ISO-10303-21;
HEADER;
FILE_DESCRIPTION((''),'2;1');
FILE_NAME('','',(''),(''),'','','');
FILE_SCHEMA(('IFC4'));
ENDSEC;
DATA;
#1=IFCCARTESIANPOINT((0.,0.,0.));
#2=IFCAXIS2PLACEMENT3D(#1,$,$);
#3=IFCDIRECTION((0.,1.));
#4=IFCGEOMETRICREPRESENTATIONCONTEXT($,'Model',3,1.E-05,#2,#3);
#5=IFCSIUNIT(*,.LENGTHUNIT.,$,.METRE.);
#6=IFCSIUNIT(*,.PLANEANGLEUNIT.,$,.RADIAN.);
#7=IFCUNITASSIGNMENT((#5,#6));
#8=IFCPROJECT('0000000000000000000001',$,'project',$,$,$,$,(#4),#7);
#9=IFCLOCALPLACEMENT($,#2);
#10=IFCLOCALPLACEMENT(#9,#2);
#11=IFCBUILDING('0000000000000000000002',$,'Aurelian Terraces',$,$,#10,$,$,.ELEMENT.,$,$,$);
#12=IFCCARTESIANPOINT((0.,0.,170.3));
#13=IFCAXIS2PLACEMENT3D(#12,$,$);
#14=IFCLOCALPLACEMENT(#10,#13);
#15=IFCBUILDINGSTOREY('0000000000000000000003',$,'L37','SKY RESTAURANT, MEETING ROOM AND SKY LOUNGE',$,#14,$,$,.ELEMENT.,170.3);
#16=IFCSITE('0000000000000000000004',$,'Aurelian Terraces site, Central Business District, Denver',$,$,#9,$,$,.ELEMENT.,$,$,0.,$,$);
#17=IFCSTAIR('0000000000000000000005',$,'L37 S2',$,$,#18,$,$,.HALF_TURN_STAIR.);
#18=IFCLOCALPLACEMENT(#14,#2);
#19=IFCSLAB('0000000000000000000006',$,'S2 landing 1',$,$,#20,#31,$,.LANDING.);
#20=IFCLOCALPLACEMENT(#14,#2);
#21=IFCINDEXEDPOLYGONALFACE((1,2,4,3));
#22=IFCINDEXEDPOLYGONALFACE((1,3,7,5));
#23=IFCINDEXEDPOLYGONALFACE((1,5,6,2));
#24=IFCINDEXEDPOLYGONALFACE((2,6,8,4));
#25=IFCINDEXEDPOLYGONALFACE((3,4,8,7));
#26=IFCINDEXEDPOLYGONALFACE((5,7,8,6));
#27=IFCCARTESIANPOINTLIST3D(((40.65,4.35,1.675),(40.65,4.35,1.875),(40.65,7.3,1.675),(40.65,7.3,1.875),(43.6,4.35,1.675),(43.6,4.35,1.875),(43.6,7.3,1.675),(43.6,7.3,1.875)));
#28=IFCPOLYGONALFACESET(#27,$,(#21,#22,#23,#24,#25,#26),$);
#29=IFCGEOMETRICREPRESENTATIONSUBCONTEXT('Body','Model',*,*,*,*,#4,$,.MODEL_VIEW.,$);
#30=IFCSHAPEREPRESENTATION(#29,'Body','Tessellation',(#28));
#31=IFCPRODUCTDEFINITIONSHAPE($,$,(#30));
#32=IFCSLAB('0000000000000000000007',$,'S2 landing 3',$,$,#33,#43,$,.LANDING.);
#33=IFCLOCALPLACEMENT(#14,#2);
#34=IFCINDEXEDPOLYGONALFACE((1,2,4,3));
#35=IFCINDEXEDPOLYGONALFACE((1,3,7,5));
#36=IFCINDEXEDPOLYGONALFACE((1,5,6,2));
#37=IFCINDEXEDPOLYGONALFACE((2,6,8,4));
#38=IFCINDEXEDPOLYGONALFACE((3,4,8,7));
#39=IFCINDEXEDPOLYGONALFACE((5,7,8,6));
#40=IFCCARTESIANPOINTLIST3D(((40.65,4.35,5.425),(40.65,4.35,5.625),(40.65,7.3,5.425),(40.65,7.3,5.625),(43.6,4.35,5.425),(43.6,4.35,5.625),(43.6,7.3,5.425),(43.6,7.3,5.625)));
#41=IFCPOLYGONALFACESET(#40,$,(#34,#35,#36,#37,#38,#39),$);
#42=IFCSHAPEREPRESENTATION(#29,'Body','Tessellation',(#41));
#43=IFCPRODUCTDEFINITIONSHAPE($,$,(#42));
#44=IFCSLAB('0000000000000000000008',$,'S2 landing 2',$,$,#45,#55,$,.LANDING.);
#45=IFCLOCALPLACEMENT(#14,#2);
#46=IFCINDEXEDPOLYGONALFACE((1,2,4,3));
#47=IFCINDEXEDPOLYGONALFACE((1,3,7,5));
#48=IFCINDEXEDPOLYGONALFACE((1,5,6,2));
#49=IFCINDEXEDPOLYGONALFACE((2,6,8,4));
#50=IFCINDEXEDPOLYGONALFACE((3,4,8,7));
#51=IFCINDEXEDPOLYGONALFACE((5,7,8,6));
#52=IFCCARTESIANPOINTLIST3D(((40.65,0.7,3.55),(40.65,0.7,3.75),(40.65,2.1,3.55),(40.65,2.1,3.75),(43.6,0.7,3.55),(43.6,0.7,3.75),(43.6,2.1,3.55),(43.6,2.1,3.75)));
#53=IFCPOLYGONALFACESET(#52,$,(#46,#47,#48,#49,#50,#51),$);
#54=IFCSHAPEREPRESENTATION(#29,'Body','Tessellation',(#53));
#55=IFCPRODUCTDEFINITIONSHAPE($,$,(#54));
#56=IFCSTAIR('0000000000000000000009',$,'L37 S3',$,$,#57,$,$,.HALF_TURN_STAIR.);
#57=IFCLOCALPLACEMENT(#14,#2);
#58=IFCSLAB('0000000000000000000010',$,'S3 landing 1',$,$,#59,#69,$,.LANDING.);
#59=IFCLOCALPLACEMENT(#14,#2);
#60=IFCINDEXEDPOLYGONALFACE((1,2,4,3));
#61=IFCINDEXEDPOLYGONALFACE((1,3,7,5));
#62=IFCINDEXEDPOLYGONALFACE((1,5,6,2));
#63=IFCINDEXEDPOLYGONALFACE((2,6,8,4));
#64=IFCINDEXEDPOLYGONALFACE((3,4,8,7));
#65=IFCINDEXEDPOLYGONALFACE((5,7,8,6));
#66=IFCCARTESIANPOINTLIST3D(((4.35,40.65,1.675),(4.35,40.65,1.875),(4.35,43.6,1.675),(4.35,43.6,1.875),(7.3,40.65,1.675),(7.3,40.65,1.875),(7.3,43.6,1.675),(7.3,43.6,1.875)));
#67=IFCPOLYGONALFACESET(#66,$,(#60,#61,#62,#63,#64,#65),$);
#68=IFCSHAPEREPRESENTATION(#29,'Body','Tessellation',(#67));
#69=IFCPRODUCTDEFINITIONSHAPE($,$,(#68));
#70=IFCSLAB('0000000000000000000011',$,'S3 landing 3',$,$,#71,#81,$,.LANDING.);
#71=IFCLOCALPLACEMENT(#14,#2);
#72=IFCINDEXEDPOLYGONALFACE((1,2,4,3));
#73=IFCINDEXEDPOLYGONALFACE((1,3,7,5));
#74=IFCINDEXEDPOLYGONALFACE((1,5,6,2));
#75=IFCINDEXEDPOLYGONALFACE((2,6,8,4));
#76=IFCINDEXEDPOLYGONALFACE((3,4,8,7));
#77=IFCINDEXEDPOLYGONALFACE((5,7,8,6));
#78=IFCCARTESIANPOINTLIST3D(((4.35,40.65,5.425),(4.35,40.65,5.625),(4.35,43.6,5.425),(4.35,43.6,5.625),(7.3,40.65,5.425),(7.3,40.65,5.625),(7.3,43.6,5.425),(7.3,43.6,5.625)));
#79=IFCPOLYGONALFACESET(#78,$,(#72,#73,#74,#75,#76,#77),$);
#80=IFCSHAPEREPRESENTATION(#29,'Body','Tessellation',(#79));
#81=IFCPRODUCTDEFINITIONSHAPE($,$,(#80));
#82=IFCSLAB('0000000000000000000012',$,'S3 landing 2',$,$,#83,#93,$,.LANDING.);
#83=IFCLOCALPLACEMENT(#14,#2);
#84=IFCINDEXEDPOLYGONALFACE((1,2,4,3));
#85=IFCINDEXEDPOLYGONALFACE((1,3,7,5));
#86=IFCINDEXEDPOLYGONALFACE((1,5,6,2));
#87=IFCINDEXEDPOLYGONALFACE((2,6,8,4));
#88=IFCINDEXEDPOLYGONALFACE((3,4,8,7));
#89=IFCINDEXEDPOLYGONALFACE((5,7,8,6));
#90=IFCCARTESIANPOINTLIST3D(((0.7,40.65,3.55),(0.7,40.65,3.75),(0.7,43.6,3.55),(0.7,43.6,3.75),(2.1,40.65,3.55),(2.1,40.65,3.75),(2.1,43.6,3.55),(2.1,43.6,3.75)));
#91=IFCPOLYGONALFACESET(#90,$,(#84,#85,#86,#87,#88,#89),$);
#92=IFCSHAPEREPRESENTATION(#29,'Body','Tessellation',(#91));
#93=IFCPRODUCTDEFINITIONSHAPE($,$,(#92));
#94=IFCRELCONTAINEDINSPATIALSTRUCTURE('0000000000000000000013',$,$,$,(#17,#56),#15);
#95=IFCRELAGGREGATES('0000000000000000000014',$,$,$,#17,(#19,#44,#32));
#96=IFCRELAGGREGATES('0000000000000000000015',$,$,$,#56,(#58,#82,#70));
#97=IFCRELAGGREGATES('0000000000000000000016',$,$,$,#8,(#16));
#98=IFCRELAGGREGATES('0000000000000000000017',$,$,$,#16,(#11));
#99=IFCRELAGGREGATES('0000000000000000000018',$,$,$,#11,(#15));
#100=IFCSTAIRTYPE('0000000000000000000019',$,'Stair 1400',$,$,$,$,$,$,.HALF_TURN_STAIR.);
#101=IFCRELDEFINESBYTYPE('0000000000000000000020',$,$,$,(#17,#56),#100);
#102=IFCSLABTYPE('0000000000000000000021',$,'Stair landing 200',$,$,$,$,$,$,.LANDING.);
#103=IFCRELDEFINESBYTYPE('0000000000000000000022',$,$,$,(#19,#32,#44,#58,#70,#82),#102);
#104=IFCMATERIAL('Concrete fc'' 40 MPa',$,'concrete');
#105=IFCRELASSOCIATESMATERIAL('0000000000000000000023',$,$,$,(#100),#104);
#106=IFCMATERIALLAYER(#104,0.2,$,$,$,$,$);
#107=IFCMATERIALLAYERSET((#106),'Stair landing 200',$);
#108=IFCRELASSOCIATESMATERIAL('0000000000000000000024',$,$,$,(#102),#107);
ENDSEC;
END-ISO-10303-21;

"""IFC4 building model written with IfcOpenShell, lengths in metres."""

from ifc_helpers import new_model, si_unit, direction, frame, origin, place, context, subcontext, project, spatial, polyline, outline, extrude, source, transform, mapped, material, layer, layer_set, type_object, element, aggregate, save


model = new_model("IFC4")

# Units and contexts
model_context = context("Model", 3, precision=1e-05, world=origin(), true_north=direction((0.0, 1.0)))
body_context = subcontext(model_context, "Body", "Model", "MODEL_VIEW")
ifc_project = project(units=[si_unit("LENGTHUNIT", "METRE"), si_unit("PLANEANGLEUNIT", "RADIAN")], contexts=[model_context])

# Site, building, storey
site_placement = place(None, origin())
site = spatial("IfcSite", under=ifc_project, at=site_placement, Name="Aurelian Terraces site, Central Business District, Denver", CompositionType="ELEMENT", RefElevation=0.0)
building_placement = place(site_placement, origin())
building = spatial("IfcBuilding", under=site, at=building_placement, Name="Aurelian Terraces", CompositionType="ELEMENT")
storey_placement = place(building_placement, frame((0.0, 0.0, 170.3)))
storey = spatial("IfcBuildingStorey", under=building, at=storey_placement, Name="L37", Description="SKY RESTAURANT, MEETING ROOM AND SKY LOUNGE", CompositionType="ELEMENT", Elevation=170.3)

# Shared definitions
ifc_material_1 = material(Name="Concrete fc' 40 MPa", Category="concrete")

# Stairs, slabs
stair_type = type_object("IfcStairType", Name="Stair 1400", PredefinedType="HALF_TURN_STAIR", material=ifc_material_1)
ifc_layer_1 = layer(ifc_material_1, 0.2)
ifc_layer_set_1 = layer_set([ifc_layer_1], Name="Stair landing 200")
slab_type_1 = type_object("IfcSlabType", Name="Stair landing 200", PredefinedType="LANDING", material=ifc_layer_set_1)
stair_1_placement = place(storey_placement, origin())
stair_1 = element("IfcStair", 1, at=stair_1_placement, inside=storey, type_object=stair_type, Name="L37 S2", PredefinedType="HALF_TURN_STAIR")
shared_shape_1 = source(origin(), body_context, "Body", "SweptSolid", [
    extrude(outline(polyline([(43.6, 4.35), (43.6, 7.3), (40.65, 7.3), (40.65, 4.35), (43.6, 4.35)])), origin(), (0.0, 0.0, 1.0), 0.2),
])
slab_1_placement = place(storey_placement, frame((0.0, 0.0, 1.675)))
slab_1 = element("IfcSlab", 2, at=slab_1_placement, type_object=slab_type_1, Name="S2 landing 1", PredefinedType="LANDING", context=body_context, shape_type="MappedRepresentation", body=[
    mapped(shared_shape_1, transform((0.0, 0.0, 0.0), scale=1.0)),
])
slab_2_placement = place(storey_placement, frame((0.0, 0.0, 5.425)))
slab_2 = element("IfcSlab", 3, at=slab_2_placement, type_object=slab_type_1, Name="S2 landing 3", PredefinedType="LANDING", context=body_context, shape_type="MappedRepresentation", body=[
    mapped(shared_shape_1, transform((0.0, 0.0, 0.0), scale=1.0)),
])
shared_shape_2 = source(origin(), body_context, "Body", "SweptSolid", [
    extrude(outline(polyline([(43.6, 0.7), (43.6, 2.1), (40.65, 2.1), (40.65, 0.7), (43.6, 0.7)])), origin(), (0.0, 0.0, 1.0), 0.2),
])
slab_3_placement = place(storey_placement, frame((0.0, 0.0, 3.55)))
slab_3 = element("IfcSlab", 4, at=slab_3_placement, type_object=slab_type_1, Name="S2 landing 2", PredefinedType="LANDING", context=body_context, shape_type="MappedRepresentation", body=[
    mapped(shared_shape_2, transform((0.0, 0.0, 0.0), scale=1.0)),
])
aggregate(stair_1, [slab_1, slab_3, slab_2])
stair_2_placement = place(storey_placement, origin())
stair_2 = element("IfcStair", 5, at=stair_2_placement, inside=storey, type_object=stair_type, Name="L37 S3", PredefinedType="HALF_TURN_STAIR")
shared_shape_3 = source(origin(), body_context, "Body", "SweptSolid", [
    extrude(outline(polyline([(4.35, 40.65), (7.3, 40.65), (7.3, 43.6), (4.35, 43.6), (4.35, 40.65)])), origin(), (0.0, 0.0, 1.0), 0.2),
])
slab_4_placement = place(storey_placement, frame((0.0, 0.0, 1.675)))
slab_4 = element("IfcSlab", 6, at=slab_4_placement, type_object=slab_type_1, Name="S3 landing 1", PredefinedType="LANDING", context=body_context, shape_type="MappedRepresentation", body=[
    mapped(shared_shape_3, transform((0.0, 0.0, 0.0), scale=1.0)),
])
slab_5_placement = place(storey_placement, frame((0.0, 0.0, 5.425)))
slab_5 = element("IfcSlab", 7, at=slab_5_placement, type_object=slab_type_1, Name="S3 landing 3", PredefinedType="LANDING", context=body_context, shape_type="MappedRepresentation", body=[
    mapped(shared_shape_3, transform((0.0, 0.0, 0.0), scale=1.0)),
])
shared_shape_4 = source(origin(), body_context, "Body", "SweptSolid", [
    extrude(outline(polyline([(0.7, 40.65), (2.1, 40.65), (2.1, 43.6), (0.7, 43.6), (0.7, 40.65)])), origin(), (0.0, 0.0, 1.0), 0.2),
])
slab_6_placement = place(storey_placement, frame((0.0, 0.0, 3.55)))
slab_6 = element("IfcSlab", 8, at=slab_6_placement, type_object=slab_type_1, Name="S3 landing 2", PredefinedType="LANDING", context=body_context, shape_type="MappedRepresentation", body=[
    mapped(shared_shape_4, transform((0.0, 0.0, 0.0), scale=1.0)),
])
aggregate(stair_2, [slab_4, slab_6, slab_5])

save(model, "model.ifc")
